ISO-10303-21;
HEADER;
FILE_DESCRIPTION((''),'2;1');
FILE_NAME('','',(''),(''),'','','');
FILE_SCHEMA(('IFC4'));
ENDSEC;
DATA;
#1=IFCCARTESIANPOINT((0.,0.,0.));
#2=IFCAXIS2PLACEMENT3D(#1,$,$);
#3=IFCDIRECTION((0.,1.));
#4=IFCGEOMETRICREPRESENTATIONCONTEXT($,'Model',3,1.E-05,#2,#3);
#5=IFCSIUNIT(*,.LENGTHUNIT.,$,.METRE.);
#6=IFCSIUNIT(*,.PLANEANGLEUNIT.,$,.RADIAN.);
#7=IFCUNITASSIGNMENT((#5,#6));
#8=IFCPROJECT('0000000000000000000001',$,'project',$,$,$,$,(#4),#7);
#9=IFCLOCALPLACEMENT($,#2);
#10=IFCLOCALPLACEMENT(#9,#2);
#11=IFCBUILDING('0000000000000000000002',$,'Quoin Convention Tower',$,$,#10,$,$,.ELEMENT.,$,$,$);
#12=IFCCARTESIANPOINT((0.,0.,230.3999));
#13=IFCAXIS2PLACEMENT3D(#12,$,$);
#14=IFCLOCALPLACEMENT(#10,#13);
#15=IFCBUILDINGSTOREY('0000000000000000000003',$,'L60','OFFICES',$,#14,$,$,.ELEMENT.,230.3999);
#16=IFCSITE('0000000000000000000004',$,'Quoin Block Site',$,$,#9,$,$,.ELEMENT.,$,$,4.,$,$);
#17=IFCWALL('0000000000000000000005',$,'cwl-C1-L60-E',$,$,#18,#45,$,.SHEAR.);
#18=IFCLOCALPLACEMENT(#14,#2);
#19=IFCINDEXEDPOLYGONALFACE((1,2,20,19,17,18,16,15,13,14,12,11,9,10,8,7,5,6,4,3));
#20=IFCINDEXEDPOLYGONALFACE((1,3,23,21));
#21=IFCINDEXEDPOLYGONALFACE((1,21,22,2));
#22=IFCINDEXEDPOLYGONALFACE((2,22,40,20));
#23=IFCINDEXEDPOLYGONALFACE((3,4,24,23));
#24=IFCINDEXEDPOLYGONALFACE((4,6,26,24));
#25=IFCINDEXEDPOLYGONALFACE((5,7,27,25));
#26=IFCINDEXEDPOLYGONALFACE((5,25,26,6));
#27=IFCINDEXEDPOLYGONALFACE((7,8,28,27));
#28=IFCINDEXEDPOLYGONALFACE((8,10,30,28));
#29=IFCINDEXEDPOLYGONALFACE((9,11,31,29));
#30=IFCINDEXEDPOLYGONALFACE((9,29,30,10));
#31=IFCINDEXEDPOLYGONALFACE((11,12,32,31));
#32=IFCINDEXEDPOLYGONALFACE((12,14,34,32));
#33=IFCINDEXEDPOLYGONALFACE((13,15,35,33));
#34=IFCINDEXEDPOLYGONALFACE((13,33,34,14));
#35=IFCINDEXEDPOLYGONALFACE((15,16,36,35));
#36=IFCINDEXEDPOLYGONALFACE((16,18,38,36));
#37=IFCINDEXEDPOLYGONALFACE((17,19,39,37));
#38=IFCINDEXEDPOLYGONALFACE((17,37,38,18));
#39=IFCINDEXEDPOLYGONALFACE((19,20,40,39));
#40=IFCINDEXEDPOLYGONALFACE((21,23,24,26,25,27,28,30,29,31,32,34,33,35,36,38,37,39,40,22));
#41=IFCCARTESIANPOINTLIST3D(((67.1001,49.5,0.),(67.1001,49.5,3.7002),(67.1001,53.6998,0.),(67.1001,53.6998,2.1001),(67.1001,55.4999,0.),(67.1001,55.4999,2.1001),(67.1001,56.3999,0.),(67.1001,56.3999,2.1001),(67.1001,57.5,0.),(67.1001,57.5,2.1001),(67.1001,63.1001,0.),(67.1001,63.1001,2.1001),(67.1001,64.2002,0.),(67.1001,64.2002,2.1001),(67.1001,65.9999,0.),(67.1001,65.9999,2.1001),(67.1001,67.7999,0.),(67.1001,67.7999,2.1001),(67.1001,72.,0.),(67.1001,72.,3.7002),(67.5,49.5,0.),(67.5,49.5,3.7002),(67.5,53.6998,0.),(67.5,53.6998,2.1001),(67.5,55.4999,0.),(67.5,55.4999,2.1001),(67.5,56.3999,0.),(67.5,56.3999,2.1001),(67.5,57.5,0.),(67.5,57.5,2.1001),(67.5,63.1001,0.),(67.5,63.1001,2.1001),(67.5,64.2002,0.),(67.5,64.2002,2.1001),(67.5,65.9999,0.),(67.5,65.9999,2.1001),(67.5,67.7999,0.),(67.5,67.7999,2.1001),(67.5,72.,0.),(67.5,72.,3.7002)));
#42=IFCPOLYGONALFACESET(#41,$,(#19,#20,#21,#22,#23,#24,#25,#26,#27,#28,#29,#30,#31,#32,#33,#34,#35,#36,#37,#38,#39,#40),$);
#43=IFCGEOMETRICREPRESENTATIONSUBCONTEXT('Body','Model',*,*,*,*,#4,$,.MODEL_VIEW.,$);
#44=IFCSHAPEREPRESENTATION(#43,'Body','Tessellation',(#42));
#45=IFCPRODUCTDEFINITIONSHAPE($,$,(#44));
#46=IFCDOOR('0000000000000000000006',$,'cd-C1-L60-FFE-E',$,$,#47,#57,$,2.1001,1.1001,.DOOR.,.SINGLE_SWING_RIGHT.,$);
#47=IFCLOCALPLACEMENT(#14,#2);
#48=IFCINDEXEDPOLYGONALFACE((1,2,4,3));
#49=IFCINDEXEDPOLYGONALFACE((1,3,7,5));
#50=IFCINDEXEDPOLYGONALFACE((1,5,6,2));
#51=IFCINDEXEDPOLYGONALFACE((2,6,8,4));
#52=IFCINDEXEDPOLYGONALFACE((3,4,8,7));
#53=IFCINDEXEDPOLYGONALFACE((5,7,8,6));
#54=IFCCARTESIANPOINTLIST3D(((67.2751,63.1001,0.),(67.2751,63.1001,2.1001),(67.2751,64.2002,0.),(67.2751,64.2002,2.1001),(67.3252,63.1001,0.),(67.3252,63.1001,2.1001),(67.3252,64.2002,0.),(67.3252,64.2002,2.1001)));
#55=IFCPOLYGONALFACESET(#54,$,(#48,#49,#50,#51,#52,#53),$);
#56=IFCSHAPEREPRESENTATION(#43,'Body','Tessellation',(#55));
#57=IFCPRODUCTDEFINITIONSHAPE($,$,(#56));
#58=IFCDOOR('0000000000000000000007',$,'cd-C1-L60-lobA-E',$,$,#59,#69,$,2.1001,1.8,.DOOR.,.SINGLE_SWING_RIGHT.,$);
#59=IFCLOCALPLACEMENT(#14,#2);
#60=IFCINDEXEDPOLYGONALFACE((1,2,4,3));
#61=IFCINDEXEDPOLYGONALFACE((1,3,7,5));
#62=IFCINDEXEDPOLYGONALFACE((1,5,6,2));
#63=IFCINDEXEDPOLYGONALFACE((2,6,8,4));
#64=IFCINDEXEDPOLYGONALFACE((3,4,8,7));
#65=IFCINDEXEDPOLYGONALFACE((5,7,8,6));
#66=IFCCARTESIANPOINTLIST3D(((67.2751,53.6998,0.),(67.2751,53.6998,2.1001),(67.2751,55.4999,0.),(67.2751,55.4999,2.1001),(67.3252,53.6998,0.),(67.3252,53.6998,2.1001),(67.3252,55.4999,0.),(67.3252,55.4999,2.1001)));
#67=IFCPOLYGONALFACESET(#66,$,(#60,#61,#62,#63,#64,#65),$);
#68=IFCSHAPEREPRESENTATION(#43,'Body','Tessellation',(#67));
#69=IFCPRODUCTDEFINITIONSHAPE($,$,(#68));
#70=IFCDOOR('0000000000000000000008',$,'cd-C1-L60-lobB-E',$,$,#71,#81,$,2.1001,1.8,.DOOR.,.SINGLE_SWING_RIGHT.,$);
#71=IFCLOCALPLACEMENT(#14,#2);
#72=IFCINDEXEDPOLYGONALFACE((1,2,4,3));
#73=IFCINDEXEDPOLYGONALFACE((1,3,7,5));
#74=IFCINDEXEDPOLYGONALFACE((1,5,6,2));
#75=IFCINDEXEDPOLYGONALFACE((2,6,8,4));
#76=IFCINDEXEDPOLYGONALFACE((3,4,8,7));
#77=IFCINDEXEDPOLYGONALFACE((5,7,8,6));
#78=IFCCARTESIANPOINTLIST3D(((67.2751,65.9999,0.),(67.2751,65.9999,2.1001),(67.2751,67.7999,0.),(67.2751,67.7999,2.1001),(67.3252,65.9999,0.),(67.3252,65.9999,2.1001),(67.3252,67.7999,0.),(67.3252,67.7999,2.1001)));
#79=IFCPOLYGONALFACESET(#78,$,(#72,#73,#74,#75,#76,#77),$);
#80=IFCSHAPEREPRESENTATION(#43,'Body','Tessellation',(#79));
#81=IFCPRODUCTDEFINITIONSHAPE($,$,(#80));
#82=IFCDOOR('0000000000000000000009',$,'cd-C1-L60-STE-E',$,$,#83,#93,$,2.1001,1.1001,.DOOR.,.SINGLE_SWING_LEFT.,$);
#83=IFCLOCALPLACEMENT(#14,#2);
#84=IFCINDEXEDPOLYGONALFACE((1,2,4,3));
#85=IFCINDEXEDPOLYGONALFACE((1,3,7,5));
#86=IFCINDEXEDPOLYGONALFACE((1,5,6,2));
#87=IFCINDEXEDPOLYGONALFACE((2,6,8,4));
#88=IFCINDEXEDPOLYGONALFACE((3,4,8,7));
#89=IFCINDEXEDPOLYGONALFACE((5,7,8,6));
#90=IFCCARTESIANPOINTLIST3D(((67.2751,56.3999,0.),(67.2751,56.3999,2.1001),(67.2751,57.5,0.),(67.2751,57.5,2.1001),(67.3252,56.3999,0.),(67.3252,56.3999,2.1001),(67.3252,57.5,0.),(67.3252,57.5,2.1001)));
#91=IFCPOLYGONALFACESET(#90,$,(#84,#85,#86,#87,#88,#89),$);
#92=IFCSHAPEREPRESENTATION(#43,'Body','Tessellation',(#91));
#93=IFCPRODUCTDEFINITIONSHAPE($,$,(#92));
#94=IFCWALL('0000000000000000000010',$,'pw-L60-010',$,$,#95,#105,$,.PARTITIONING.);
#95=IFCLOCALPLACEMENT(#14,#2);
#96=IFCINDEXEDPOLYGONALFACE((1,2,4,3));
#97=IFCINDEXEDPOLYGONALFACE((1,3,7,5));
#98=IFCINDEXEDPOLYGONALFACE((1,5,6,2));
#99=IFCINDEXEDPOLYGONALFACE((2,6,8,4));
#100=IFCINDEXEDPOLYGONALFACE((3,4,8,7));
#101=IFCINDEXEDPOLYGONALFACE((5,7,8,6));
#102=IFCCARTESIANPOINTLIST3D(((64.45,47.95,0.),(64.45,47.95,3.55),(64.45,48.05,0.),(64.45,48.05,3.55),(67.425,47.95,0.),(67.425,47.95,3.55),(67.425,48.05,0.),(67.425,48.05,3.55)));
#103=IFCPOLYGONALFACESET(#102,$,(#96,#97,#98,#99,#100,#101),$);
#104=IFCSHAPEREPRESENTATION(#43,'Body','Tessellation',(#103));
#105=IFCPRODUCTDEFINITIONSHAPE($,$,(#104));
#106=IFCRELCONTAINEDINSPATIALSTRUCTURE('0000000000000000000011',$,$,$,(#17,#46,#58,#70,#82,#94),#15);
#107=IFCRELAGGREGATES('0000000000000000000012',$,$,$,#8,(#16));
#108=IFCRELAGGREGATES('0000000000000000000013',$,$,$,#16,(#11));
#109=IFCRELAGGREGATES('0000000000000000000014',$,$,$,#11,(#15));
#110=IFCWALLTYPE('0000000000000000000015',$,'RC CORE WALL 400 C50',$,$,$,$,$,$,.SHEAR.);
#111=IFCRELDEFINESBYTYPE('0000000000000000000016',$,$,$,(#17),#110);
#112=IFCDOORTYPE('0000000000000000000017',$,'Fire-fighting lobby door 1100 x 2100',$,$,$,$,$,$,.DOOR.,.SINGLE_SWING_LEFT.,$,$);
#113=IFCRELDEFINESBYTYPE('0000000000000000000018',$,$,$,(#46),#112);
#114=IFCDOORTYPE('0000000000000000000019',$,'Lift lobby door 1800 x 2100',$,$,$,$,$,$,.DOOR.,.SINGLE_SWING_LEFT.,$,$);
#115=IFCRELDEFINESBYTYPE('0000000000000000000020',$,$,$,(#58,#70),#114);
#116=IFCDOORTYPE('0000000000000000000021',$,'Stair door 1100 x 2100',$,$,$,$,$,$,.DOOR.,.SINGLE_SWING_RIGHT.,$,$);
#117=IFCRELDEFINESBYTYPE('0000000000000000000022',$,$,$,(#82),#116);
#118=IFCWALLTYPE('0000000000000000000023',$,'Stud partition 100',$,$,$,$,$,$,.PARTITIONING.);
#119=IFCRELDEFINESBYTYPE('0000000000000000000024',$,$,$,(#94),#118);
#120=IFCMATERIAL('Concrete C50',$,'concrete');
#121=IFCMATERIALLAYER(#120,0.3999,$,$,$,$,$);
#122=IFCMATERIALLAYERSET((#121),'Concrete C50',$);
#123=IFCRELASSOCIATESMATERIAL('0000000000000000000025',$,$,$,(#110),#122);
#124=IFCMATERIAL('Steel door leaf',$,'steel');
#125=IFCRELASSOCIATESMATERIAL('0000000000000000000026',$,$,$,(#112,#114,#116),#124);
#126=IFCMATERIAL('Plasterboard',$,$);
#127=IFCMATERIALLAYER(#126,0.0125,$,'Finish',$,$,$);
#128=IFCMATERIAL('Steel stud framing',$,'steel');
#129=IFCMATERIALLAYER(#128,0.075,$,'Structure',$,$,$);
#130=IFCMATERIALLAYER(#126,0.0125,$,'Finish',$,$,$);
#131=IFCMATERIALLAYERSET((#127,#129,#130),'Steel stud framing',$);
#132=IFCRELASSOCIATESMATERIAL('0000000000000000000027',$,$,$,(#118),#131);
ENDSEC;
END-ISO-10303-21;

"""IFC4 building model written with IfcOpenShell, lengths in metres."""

from ifc_helpers import new_model, si_unit, direction, frame, frame_2d, origin, place, context, subcontext, project, spatial, rectangle, extrude, material, layer, layer_set, type_object, element, fill, save


model = new_model("IFC4")

# Units and contexts
model_context = context("Model", 3, precision=1e-05, world=origin(), true_north=direction((0.0, 1.0)))
body_context = subcontext(model_context, "Body", "Model", "MODEL_VIEW")
ifc_project = project(units=[si_unit("LENGTHUNIT", "METRE"), si_unit("PLANEANGLEUNIT", "RADIAN")], contexts=[model_context])

# Site, building, storey
site_placement = place(None, origin())
site = spatial("IfcSite", under=ifc_project, at=site_placement, Name="Quoin Block Site", CompositionType="ELEMENT", RefElevation=4.0)
building_placement = place(site_placement, origin())
building = spatial("IfcBuilding", under=site, at=building_placement, Name="Quoin Convention Tower", CompositionType="ELEMENT")
storey_placement = place(building_placement, frame((0.0, 0.0, 230.3999)))
storey = spatial("IfcBuildingStorey", under=building, at=storey_placement, Name="L60", Description="OFFICES", CompositionType="ELEMENT", Elevation=230.3999)

# Shared definitions
ifc_material_1 = material(Name="Concrete C50", Category="concrete")

# Shared definitions
ifc_material_2 = material(Name="Plasterboard")
ifc_material_3 = material(Name="Steel stud framing", Category="steel")
ifc_material_4 = material(Name="Steel door leaf", Category="steel")

# Wall, openings, doors
ifc_layer_1 = layer(ifc_material_1, 0.3999)
ifc_layer_set_1 = layer_set([ifc_layer_1], Name="Concrete C50")
wall_type_1 = type_object("IfcWallType", Name="RC CORE WALL 400 C50", PredefinedType="SHEAR", material=ifc_layer_set_1)
wall_1_placement = place(storey_placement, frame((67.3, 49.5, 0.0), z_axis=(0.0, 0.0, 1.0), x_axis=(0.0, 1.0, 0.0)))
wall_1 = element("IfcWall", 1, at=wall_1_placement, inside=storey, type_object=wall_type_1, Name="cwl-C1-L60-E", PredefinedType="SHEAR", context=body_context, shape_type="SweptSolid", body=[
    extrude(rectangle(XDim=22.5, YDim=0.3999, at=frame_2d((11.25, 0.0))), origin(), (0.0, 0.0, 1.0), 3.7002),
])
opening_1_placement = place(wall_1_placement, frame((4.2, 0.0, 0.0)))
opening_1 = element("IfcOpeningElement", 2, at=opening_1_placement, cuts=wall_1, PredefinedType="OPENING", context=body_context, shape_type="SweptSolid", body=[
    extrude(rectangle(XDim=1.8, YDim=2.1001, at=frame_2d((0.8999, 1.05))), frame((0.0, 0.21, 0.0), z_axis=(0.0, -1.0, 0.0), x_axis=(1.0, 0.0, 0.0)), (0.0, 0.0, 1.0), 0.4199),
])
opening_2_placement = place(wall_1_placement, frame((6.8999, 0.0, 0.0)))
opening_2 = element("IfcOpeningElement", 3, at=opening_2_placement, cuts=wall_1, PredefinedType="OPENING", context=body_context, shape_type="SweptSolid", body=[
    extrude(rectangle(XDim=1.1001, YDim=2.1001, at=frame_2d((0.55, 1.05))), frame((0.0, 0.21, 0.0), z_axis=(0.0, -1.0, 0.0), x_axis=(1.0, 0.0, 0.0)), (0.0, 0.0, 1.0), 0.4199),
])
opening_3_placement = place(wall_1_placement, frame((13.6001, 0.0, 0.0)))
opening_3 = element("IfcOpeningElement", 4, at=opening_3_placement, cuts=wall_1, PredefinedType="OPENING", context=body_context, shape_type="SweptSolid", body=[
    extrude(rectangle(XDim=1.1001, YDim=2.1001, at=frame_2d((0.55, 1.05))), frame((0.0, 0.21, 0.0), z_axis=(0.0, -1.0, 0.0), x_axis=(1.0, 0.0, 0.0)), (0.0, 0.0, 1.0), 0.4199),
])
opening_4_placement = place(wall_1_placement, frame((16.5, 0.0, 0.0)))
opening_4 = element("IfcOpeningElement", 5, at=opening_4_placement, cuts=wall_1, PredefinedType="OPENING", context=body_context, shape_type="SweptSolid", body=[
    extrude(rectangle(XDim=1.8, YDim=2.1001, at=frame_2d((0.8999, 1.05))), frame((0.0, 0.21, 0.0), z_axis=(0.0, -1.0, 0.0), x_axis=(1.0, 0.0, 0.0)), (0.0, 0.0, 1.0), 0.4199),
])
door_type_1 = type_object("IfcDoorType", Name="Fire-fighting lobby door 1100 x 2100", OperationType="SINGLE_SWING_LEFT", PredefinedType="DOOR", material=ifc_material_4)
door_1_placement = place(opening_3_placement, origin())
door_1 = element("IfcDoor", 6, at=door_1_placement, inside=storey, type_object=door_type_1, Name="cd-C1-L60-FFE-E", OperationType="SINGLE_SWING_RIGHT", OverallHeight=2.1001, OverallWidth=1.1001, PredefinedType="DOOR", context=body_context, shape_type="SweptSolid", body=[
    extrude(rectangle(XDim=1.1001, YDim=2.1001, at=frame_2d((0.55, 1.05))), frame((0.0, 0.0249, 0.0), z_axis=(0.0, -1.0, 0.0), x_axis=(1.0, 0.0, 0.0)), (0.0, 0.0, 1.0), 0.05),
])
fill(opening_3, door_1)
door_type_2 = type_object("IfcDoorType", Name="Lift lobby door 1800 x 2100", OperationType="SINGLE_SWING_LEFT", PredefinedType="DOOR", material=ifc_material_4)
door_2_placement = place(opening_1_placement, origin())
door_2 = element("IfcDoor", 7, at=door_2_placement, inside=storey, type_object=door_type_2, Name="cd-C1-L60-lobA-E", OperationType="SINGLE_SWING_RIGHT", OverallHeight=2.1001, OverallWidth=1.8, PredefinedType="DOOR", context=body_context, shape_type="SweptSolid", body=[
    extrude(rectangle(XDim=1.8, YDim=2.1001, at=frame_2d((0.8999, 1.05))), frame((0.0, 0.0249, 0.0), z_axis=(0.0, -1.0, 0.0), x_axis=(1.0, 0.0, 0.0)), (0.0, 0.0, 1.0), 0.05),
])
fill(opening_1, door_2)
door_3_placement = place(opening_4_placement, origin())
door_3 = element("IfcDoor", 8, at=door_3_placement, inside=storey, type_object=door_type_2, Name="cd-C1-L60-lobB-E", OperationType="SINGLE_SWING_RIGHT", OverallHeight=2.1001, OverallWidth=1.8, PredefinedType="DOOR", context=body_context, shape_type="SweptSolid", body=[
    extrude(rectangle(XDim=1.8, YDim=2.1001, at=frame_2d((0.8999, 1.05))), frame((0.0, 0.0249, 0.0), z_axis=(0.0, -1.0, 0.0), x_axis=(1.0, 0.0, 0.0)), (0.0, 0.0, 1.0), 0.05),
])
fill(opening_4, door_3)
door_type_3 = type_object("IfcDoorType", Name="Stair door 1100 x 2100", OperationType="SINGLE_SWING_RIGHT", PredefinedType="DOOR", material=ifc_material_4)
door_4_placement = place(opening_2_placement, origin())
door_4 = element("IfcDoor", 9, at=door_4_placement, inside=storey, type_object=door_type_3, Name="cd-C1-L60-STE-E", OperationType="SINGLE_SWING_LEFT", OverallHeight=2.1001, OverallWidth=1.1001, PredefinedType="DOOR", context=body_context, shape_type="SweptSolid", body=[
    extrude(rectangle(XDim=1.1001, YDim=2.1001, at=frame_2d((0.55, 1.05))), frame((0.0, 0.0249, 0.0), z_axis=(0.0, -1.0, 0.0), x_axis=(1.0, 0.0, 0.0)), (0.0, 0.0, 1.0), 0.05),
])
fill(opening_2, door_4)

# Wall
ifc_layer_2 = layer(ifc_material_2, 0.0125, Name="Finish")
ifc_layer_3 = layer(ifc_material_3, 0.075, Name="Structure")
ifc_layer_4 = layer(ifc_material_2, 0.0125, Name="Finish")
ifc_layer_set_2 = layer_set([ifc_layer_2, ifc_layer_3, ifc_layer_4], Name="Steel stud framing")
wall_type_2 = type_object("IfcWallType", Name="Stud partition 100", PredefinedType="PARTITIONING", material=ifc_layer_set_2)
wall_2_placement = place(storey_placement, frame((64.45, 48.0, 0.0), z_axis=(0.0, 0.0, 1.0), x_axis=(1.0, 0.0, 0.0)))
element("IfcWall", 10, at=wall_2_placement, inside=storey, type_object=wall_type_2, Name="pw-L60-010", PredefinedType="PARTITIONING", context=body_context, shape_type="SweptSolid", body=[
    extrude(rectangle(XDim=2.9751, YDim=0.1001, at=frame_2d((1.4875, 0.0))), origin(), (0.0, 0.0, 1.0), 3.55),
])

save(model, "model.ifc")
